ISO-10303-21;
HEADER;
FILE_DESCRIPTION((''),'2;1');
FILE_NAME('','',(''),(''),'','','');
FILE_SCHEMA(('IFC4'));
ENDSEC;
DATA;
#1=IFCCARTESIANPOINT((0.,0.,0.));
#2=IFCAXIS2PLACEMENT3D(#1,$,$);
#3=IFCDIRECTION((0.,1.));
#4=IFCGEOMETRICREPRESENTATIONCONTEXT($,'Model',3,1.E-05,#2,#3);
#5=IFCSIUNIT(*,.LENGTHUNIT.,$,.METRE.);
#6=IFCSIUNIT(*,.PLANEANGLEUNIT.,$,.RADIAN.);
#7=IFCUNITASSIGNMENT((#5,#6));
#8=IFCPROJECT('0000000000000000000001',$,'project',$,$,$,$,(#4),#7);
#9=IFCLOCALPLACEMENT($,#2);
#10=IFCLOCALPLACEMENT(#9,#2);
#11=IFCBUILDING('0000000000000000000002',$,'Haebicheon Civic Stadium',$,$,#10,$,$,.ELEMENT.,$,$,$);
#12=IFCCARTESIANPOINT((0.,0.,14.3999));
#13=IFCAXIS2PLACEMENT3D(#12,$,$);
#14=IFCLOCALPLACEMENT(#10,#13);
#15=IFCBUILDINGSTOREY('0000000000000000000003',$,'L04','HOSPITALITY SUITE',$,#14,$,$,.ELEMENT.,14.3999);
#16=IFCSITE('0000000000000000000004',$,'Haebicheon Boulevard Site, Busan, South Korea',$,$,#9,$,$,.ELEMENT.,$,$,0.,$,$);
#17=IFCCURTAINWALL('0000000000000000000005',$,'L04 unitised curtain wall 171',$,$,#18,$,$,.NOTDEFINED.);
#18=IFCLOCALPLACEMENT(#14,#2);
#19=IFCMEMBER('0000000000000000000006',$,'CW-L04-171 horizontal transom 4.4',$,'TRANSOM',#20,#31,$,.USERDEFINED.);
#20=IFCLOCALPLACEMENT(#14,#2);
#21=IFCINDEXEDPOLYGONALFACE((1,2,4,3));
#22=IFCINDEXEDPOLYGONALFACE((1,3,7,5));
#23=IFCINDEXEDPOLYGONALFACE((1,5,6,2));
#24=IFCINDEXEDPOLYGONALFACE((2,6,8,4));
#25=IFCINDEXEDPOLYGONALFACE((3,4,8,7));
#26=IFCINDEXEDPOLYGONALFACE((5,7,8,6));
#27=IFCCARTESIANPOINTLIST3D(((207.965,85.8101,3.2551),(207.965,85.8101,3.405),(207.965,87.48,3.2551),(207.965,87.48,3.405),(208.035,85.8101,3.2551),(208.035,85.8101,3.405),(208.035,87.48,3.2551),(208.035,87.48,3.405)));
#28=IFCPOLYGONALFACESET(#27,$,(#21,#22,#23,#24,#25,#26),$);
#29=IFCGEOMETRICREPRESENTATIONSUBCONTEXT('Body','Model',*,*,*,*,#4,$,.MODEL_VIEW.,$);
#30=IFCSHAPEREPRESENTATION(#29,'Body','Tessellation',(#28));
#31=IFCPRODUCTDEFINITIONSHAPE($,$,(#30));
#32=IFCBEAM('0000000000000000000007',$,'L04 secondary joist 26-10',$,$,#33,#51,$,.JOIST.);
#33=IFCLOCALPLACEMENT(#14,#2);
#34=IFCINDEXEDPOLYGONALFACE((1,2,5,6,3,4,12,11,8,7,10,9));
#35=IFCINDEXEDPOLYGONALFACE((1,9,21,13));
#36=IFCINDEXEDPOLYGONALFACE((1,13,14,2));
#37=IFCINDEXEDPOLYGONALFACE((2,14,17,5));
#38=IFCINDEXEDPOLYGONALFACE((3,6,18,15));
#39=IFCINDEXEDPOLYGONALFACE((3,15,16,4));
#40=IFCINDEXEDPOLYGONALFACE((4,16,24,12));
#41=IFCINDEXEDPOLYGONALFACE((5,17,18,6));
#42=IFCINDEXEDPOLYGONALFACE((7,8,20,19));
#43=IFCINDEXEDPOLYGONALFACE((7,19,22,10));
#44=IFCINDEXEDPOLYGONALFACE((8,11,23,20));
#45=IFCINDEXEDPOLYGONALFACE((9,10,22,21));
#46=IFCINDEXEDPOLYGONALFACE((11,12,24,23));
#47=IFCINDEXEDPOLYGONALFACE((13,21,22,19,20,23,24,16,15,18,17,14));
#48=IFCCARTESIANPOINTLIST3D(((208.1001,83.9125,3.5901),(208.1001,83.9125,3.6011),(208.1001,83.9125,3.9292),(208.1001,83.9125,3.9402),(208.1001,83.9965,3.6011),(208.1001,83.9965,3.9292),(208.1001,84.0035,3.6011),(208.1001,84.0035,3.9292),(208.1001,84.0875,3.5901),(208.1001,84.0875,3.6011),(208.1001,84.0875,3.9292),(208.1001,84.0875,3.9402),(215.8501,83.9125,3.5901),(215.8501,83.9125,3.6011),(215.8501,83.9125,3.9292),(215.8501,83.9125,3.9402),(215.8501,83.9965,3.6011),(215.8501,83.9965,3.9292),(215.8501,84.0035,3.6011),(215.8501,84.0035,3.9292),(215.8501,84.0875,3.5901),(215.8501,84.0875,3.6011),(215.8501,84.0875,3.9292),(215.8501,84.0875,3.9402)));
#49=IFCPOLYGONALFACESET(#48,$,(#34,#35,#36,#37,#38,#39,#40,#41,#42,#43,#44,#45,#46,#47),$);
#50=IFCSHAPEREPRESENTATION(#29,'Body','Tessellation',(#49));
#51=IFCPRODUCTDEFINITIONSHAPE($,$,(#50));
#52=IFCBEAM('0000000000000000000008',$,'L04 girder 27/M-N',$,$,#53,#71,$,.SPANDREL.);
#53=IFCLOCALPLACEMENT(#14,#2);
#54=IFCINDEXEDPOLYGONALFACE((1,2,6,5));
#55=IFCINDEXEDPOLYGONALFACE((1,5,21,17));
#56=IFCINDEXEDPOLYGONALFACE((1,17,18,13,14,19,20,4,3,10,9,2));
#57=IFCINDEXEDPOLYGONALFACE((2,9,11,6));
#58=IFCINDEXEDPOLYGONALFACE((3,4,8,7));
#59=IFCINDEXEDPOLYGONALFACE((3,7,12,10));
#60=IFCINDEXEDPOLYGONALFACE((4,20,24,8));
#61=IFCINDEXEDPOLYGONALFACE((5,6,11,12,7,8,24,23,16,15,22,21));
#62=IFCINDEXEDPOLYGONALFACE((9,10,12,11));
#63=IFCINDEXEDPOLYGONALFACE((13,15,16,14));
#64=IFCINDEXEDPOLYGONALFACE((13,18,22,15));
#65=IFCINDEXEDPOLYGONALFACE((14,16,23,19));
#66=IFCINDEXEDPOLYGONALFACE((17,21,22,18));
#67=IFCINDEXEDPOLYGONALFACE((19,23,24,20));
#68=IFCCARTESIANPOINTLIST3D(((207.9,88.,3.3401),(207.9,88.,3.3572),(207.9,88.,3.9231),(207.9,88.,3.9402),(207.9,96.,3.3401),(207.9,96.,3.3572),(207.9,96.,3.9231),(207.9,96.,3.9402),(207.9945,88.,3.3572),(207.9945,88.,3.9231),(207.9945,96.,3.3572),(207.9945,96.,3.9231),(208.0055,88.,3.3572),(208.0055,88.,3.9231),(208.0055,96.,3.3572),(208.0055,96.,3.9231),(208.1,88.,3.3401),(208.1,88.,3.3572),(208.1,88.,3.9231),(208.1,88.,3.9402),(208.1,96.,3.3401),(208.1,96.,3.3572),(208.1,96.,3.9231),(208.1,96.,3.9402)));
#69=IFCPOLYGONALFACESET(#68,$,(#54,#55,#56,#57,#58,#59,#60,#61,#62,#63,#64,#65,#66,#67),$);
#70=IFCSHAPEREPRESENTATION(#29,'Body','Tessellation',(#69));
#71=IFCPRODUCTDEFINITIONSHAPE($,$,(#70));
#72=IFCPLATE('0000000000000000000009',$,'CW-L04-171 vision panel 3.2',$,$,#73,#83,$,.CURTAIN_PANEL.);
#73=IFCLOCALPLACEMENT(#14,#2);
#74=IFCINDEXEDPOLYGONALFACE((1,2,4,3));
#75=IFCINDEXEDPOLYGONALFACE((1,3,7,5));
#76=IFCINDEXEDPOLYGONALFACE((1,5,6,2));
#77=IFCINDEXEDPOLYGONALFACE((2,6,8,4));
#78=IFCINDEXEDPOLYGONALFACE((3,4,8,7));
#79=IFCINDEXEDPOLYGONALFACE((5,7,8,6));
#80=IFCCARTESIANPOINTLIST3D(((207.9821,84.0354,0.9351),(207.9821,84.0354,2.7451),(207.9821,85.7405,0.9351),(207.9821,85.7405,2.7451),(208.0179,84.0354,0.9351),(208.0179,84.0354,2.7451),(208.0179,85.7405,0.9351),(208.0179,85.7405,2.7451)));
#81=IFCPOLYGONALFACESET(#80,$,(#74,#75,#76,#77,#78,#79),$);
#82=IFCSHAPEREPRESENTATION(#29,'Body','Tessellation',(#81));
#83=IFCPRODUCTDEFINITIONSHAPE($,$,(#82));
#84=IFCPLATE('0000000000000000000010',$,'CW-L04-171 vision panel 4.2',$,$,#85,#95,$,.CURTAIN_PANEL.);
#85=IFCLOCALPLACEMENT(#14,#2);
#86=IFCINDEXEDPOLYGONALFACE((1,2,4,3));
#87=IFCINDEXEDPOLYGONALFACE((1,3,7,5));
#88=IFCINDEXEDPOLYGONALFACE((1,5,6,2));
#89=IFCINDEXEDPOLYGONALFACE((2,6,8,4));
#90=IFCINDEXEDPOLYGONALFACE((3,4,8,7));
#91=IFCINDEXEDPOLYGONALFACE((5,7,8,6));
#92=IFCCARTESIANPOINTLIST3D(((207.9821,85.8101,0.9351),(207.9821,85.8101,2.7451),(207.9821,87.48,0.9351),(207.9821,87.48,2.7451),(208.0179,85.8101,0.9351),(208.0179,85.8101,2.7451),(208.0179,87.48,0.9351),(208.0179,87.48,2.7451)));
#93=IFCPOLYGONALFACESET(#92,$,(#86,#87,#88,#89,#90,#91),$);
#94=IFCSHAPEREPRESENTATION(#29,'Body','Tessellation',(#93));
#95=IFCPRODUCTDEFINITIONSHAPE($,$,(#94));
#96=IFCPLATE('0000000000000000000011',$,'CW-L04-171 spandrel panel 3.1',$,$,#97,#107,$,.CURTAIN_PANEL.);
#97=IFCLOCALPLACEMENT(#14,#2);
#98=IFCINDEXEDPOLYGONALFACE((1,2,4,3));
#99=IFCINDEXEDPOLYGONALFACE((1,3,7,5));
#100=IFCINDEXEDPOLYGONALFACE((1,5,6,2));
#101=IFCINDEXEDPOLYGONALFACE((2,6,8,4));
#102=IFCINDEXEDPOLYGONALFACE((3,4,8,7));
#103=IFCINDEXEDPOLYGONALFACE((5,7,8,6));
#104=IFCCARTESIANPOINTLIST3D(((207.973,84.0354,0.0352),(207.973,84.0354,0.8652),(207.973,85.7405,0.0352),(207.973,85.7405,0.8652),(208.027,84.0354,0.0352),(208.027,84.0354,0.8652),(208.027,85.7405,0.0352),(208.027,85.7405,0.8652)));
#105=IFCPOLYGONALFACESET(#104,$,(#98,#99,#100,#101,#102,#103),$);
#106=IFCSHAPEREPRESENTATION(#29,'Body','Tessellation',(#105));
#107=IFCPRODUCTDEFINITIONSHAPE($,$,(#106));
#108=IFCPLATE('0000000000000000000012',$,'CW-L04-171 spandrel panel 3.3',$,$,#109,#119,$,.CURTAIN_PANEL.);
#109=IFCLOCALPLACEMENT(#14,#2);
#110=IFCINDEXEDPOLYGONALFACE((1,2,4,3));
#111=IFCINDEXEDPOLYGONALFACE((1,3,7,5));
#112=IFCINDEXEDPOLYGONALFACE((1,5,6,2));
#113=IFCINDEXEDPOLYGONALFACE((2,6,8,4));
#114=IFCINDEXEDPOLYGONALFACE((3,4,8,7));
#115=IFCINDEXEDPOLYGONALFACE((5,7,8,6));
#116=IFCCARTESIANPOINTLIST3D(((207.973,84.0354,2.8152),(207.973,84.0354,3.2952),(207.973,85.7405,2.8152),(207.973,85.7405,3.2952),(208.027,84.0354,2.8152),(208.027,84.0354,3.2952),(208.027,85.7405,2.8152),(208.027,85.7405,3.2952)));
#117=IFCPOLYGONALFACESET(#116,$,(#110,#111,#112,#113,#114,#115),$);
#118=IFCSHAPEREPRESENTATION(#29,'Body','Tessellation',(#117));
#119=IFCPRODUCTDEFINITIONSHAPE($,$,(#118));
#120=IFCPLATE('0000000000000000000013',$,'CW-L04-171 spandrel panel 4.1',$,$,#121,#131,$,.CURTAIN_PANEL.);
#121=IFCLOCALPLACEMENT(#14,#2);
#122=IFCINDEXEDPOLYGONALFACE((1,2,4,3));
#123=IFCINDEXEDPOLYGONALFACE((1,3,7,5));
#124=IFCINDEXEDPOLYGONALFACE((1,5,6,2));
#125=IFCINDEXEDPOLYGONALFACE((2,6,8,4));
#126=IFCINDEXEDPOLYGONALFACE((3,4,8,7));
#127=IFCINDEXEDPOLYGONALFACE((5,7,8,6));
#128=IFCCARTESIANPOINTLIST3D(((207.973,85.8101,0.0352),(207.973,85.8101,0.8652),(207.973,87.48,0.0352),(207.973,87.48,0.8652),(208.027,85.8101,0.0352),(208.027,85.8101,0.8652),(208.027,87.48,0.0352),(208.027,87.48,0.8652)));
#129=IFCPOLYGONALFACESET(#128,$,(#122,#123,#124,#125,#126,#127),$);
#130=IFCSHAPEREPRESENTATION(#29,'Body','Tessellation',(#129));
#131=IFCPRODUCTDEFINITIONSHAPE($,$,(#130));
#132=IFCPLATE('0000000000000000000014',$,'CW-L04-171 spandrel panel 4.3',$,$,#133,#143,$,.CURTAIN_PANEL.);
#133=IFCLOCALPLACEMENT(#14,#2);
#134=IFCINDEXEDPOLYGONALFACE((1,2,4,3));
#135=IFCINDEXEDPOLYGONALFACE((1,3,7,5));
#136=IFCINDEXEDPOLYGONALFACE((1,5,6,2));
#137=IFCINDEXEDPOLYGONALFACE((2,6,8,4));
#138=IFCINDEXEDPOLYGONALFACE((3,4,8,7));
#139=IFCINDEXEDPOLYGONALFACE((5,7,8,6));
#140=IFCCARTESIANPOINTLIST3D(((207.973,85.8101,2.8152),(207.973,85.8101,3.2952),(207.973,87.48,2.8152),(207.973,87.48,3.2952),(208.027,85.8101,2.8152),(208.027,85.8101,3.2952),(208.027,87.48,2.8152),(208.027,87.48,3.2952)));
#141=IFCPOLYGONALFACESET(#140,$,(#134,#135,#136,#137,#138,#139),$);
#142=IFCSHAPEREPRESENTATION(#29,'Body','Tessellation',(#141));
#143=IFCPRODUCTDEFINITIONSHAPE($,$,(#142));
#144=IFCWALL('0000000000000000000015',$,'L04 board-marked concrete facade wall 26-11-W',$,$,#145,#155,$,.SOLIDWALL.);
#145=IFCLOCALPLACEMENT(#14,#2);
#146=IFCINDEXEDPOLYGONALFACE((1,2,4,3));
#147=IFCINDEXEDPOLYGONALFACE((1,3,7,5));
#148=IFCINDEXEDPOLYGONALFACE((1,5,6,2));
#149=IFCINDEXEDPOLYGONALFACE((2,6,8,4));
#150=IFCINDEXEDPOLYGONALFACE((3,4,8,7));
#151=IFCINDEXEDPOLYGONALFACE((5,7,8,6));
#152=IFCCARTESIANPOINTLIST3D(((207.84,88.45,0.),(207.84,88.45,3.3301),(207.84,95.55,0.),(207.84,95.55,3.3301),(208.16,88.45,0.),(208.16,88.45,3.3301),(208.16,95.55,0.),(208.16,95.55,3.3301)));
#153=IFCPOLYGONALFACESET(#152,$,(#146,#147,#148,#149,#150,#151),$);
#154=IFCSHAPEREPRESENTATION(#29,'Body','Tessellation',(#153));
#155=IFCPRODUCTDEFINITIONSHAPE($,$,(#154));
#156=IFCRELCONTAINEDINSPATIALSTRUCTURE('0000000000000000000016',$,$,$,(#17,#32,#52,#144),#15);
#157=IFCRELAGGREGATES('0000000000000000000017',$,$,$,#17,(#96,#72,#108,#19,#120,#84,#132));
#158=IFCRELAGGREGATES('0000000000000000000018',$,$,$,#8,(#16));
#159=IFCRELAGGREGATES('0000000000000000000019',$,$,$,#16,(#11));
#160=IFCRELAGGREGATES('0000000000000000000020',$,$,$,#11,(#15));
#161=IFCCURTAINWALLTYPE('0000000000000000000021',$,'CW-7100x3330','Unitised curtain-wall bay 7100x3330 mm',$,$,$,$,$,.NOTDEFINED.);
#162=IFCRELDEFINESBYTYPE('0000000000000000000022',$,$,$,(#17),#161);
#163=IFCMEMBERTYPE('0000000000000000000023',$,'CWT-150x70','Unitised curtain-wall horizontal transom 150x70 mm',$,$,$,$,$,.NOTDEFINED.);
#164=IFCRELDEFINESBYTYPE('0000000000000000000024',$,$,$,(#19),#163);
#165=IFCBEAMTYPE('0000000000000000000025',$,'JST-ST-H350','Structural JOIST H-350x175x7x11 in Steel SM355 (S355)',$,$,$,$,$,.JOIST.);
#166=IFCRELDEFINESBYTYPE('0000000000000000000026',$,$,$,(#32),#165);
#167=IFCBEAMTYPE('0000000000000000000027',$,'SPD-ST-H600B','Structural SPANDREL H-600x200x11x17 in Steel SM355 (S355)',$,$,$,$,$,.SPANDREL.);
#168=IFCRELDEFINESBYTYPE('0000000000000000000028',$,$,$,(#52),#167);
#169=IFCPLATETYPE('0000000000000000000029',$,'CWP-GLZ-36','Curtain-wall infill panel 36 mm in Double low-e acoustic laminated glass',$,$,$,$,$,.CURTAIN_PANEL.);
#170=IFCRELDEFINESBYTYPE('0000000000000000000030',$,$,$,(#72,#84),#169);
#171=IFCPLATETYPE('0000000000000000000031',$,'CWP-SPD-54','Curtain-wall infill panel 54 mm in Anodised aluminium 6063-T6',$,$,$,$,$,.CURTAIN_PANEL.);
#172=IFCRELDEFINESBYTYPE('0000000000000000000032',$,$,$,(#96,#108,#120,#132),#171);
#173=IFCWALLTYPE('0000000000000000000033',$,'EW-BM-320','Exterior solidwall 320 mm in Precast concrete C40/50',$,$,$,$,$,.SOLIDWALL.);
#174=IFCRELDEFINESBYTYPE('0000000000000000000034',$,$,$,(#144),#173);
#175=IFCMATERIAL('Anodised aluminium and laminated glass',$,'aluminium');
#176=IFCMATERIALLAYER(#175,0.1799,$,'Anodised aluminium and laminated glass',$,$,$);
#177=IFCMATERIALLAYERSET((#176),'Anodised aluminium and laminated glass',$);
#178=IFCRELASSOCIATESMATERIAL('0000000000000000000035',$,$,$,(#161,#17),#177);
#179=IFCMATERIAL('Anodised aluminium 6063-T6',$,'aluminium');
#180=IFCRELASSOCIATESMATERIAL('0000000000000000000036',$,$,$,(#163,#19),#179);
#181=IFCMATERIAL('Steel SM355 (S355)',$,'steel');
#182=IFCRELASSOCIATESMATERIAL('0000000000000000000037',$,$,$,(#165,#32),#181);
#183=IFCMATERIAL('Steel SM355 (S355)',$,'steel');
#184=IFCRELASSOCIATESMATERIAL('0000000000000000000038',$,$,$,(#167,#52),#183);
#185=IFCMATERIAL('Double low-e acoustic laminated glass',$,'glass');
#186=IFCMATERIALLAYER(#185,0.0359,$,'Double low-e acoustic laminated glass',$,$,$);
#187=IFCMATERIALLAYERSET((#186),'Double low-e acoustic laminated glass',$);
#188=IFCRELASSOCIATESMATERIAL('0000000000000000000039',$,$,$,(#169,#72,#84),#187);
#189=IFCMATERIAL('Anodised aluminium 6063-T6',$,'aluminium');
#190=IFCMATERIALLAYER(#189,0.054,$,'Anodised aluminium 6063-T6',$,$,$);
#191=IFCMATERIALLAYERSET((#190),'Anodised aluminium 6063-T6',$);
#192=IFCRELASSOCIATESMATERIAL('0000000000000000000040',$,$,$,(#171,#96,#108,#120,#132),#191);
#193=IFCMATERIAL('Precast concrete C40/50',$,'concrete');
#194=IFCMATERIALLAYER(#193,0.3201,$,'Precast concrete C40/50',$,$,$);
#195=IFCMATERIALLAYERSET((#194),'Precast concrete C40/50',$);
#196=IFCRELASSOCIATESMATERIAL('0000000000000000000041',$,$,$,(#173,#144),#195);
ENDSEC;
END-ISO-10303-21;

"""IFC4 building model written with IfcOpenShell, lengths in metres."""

from ifc_helpers import new_model, si_unit, direction, frame, frame_2d, origin, origin_2d, place, context, subcontext, project, spatial, rectangle, i_section, extrude, material, layer, layer_set, material_profile, profile_set, type_object, element, aggregate, save


model = new_model("IFC4")

# Units and contexts
model_context = context("Model", 3, precision=1e-05, world=origin(), true_north=direction((0.0, 1.0)))
body_context = subcontext(model_context, "Body", "Model", "MODEL_VIEW")
ifc_project = project(units=[si_unit("LENGTHUNIT", "METRE"), si_unit("PLANEANGLEUNIT", "RADIAN")], contexts=[model_context])

# Site, building, storey
site_placement = place(None, origin())
site = spatial("IfcSite", under=ifc_project, at=site_placement, Name="Haebicheon Boulevard Site, Busan, South Korea", CompositionType="ELEMENT", RefElevation=0.0)
building_placement = place(site_placement, origin())
building = spatial("IfcBuilding", under=site, at=building_placement, Name="Haebicheon Civic Stadium", CompositionType="ELEMENT")
storey_placement = place(building_placement, frame((0.0, 0.0, 14.3999)))
storey = spatial("IfcBuildingStorey", under=building, at=storey_placement, Name="L04", Description="HOSPITALITY SUITE", CompositionType="ELEMENT", Elevation=14.3999)

# Curtain wall, member
ifc_material_1 = material(Name="Anodised aluminium and laminated glass", Category="aluminium")
ifc_layer_1 = layer(ifc_material_1, 0.1799, Name="Anodised aluminium and laminated glass")
ifc_layer_set_1 = layer_set([ifc_layer_1], Name="Anodised aluminium and laminated glass")
curtain_wall_type = type_object("IfcCurtainWallType", Name="CW-7100x3330", Description="Unitised curtain-wall bay 7100x3330 mm", PredefinedType="NOTDEFINED", material=ifc_layer_set_1)
curtain_wall_placement = place(storey_placement, origin())
curtain_wall = element("IfcCurtainWall", 1, at=curtain_wall_placement, inside=storey, type_object=curtain_wall_type, material=ifc_layer_set_1, Name="L04 unitised curtain wall 171", PredefinedType="NOTDEFINED")
ifc_material_2 = material(Name="Anodised aluminium 6063-T6", Category="aluminium")
ifc_material_profile_1 = material_profile(ifc_material_2, rectangle(XDim=0.0701, YDim=0.1499, at=origin_2d()), Name="ALU-TRAN-70x150")
ifc_profile_set_1 = profile_set([ifc_material_profile_1], Name="Anodised aluminium 6063-T6")
member_type_1 = type_object("IfcMemberType", Name="CWT-150x70", Description="Unitised curtain-wall horizontal transom 150x70 mm", PredefinedType="NOTDEFINED", material=ifc_profile_set_1)
member_1_placement = place(storey_placement, frame((208.0, 85.8101, 3.3301), z_axis=(0.0, 1.0, 0.0), x_axis=(-1.0, 0.0, 0.0)))
member_1 = element("IfcMember", 2, at=member_1_placement, type_object=member_type_1, material=ifc_profile_set_1, Name="CW-L04-171 horizontal transom 4.4", ObjectType="TRANSOM", PredefinedType="USERDEFINED", context=body_context, shape_type="SweptSolid", body=[
    extrude(rectangle(XDim=0.0701, YDim=0.1499, at=origin_2d()), origin(), (0.0, 0.0, 1.0), 1.6699),
])

# Beams
ifc_material_3 = material(Name="Steel SM355 (S355)", Category="steel")
ifc_material_profile_2 = material_profile(ifc_material_3, i_section(OverallWidth=0.175, OverallDepth=0.3501, WebThickness=0.0071, FlangeThickness=0.011, at=origin_2d()), Name="H-350x175x7x11")
ifc_profile_set_2 = profile_set([ifc_material_profile_2], Name="Steel SM355 (S355)")
beam_type_1 = type_object("IfcBeamType", Name="JST-ST-H350", Description="Structural JOIST H-350x175x7x11 in Steel SM355 (S355)", PredefinedType="JOIST", material=ifc_profile_set_2)
beam_1_placement = place(storey_placement, frame((208.1001, 84.0, 3.7651), z_axis=(1.0, 0.0, 0.0), x_axis=(0.0, 1.0, 0.0)))
element("IfcBeam", 3, at=beam_1_placement, inside=storey, type_object=beam_type_1, material=ifc_profile_set_2, Name="L04 secondary joist 26-10", PredefinedType="JOIST", context=body_context, shape_type="SweptSolid", body=[
    extrude(i_section(OverallWidth=0.175, OverallDepth=0.3501, WebThickness=0.0071, FlangeThickness=0.011, at=origin_2d()), origin(), (0.0, 0.0, 1.0), 7.75),
])
ifc_material_4 = material(Name="Steel SM355 (S355)", Category="steel")
ifc_material_profile_3 = material_profile(ifc_material_4, i_section(OverallWidth=0.2, OverallDepth=0.6001, WebThickness=0.011, FlangeThickness=0.0171, at=origin_2d()), Name="H-600x200x11x17")
ifc_profile_set_3 = profile_set([ifc_material_profile_3], Name="Steel SM355 (S355)")
beam_type_2 = type_object("IfcBeamType", Name="SPD-ST-H600B", Description="Structural SPANDREL H-600x200x11x17 in Steel SM355 (S355)", PredefinedType="SPANDREL", material=ifc_profile_set_3)
beam_2_placement = place(storey_placement, frame((208.0, 88.0, 3.6401), z_axis=(0.0, 1.0, 0.0), x_axis=(-1.0, 0.0, 0.0)))
element("IfcBeam", 4, at=beam_2_placement, inside=storey, type_object=beam_type_2, material=ifc_profile_set_3, Name="L04 girder 27/M-N", PredefinedType="SPANDREL", context=body_context, shape_type="SweptSolid", body=[
    extrude(i_section(OverallWidth=0.2, OverallDepth=0.6001, WebThickness=0.011, FlangeThickness=0.0171, at=origin_2d()), origin(), (0.0, 0.0, 1.0), 8.0),
])

# Plates
ifc_material_5 = material(Name="Double low-e acoustic laminated glass", Category="glass")
ifc_layer_2 = layer(ifc_material_5, 0.0359, Name="Double low-e acoustic laminated glass")
ifc_layer_set_2 = layer_set([ifc_layer_2], Name="Double low-e acoustic laminated glass")
plate_type_1 = type_object("IfcPlateType", Name="CWP-GLZ-36", Description="Curtain-wall infill panel 36 mm in Double low-e acoustic laminated glass", PredefinedType="CURTAIN_PANEL", material=ifc_layer_set_2)
plate_1_placement = place(storey_placement, frame((208.0, 84.8879, 0.9351), z_axis=(0.0, 0.0, 1.0), x_axis=(0.0, 1.0, 0.0)))
plate_1 = element("IfcPlate", 5, at=plate_1_placement, type_object=plate_type_1, material=ifc_layer_set_2, Name="CW-L04-171 vision panel 3.2", PredefinedType="CURTAIN_PANEL", context=body_context, shape_type="SweptSolid", body=[
    extrude(rectangle(XDim=1.7051, YDim=0.0359, at=origin_2d()), origin(), (0.0, 0.0, 1.0), 1.8101),
])
plate_2_placement = place(storey_placement, frame((208.0, 86.645, 0.9351), z_axis=(0.0, 0.0, 1.0), x_axis=(0.0, 1.0, 0.0)))
plate_2 = element("IfcPlate", 6, at=plate_2_placement, type_object=plate_type_1, material=ifc_layer_set_2, Name="CW-L04-171 vision panel 4.2", PredefinedType="CURTAIN_PANEL", context=body_context, shape_type="SweptSolid", body=[
    extrude(rectangle(XDim=1.6699, YDim=0.0359, at=origin_2d()), origin(), (0.0, 0.0, 1.0), 1.8101),
])
ifc_material_6 = material(Name="Anodised aluminium 6063-T6", Category="aluminium")
ifc_layer_3 = layer(ifc_material_6, 0.054, Name="Anodised aluminium 6063-T6")
ifc_layer_set_3 = layer_set([ifc_layer_3], Name="Anodised aluminium 6063-T6")
plate_type_2 = type_object("IfcPlateType", Name="CWP-SPD-54", Description="Curtain-wall infill panel 54 mm in Anodised aluminium 6063-T6", PredefinedType="CURTAIN_PANEL", material=ifc_layer_set_3)
plate_3_placement = place(storey_placement, frame((208.0, 84.8879, 0.0352), z_axis=(0.0, 0.0, 1.0), x_axis=(0.0, 1.0, 0.0)))
plate_3 = element("IfcPlate", 7, at=plate_3_placement, type_object=plate_type_2, material=ifc_layer_set_3, Name="CW-L04-171 spandrel panel 3.1", PredefinedType="CURTAIN_PANEL", context=body_context, shape_type="SweptSolid", body=[
    extrude(rectangle(XDim=1.7051, YDim=0.054, at=origin_2d()), origin(), (0.0, 0.0, 1.0), 0.8301),
])
plate_4_placement = place(storey_placement, frame((208.0, 84.8879, 2.8152), z_axis=(0.0, 0.0, 1.0), x_axis=(0.0, 1.0, 0.0)))
plate_4 = element("IfcPlate", 8, at=plate_4_placement, type_object=plate_type_2, material=ifc_layer_set_3, Name="CW-L04-171 spandrel panel 3.3", PredefinedType="CURTAIN_PANEL", context=body_context, shape_type="SweptSolid", body=[
    extrude(rectangle(XDim=1.7051, YDim=0.054, at=origin_2d()), origin(), (0.0, 0.0, 1.0), 0.48),
])
plate_5_placement = place(storey_placement, frame((208.0, 86.645, 0.0352), z_axis=(0.0, 0.0, 1.0), x_axis=(0.0, 1.0, 0.0)))
plate_5 = element("IfcPlate", 9, at=plate_5_placement, type_object=plate_type_2, material=ifc_layer_set_3, Name="CW-L04-171 spandrel panel 4.1", PredefinedType="CURTAIN_PANEL", context=body_context, shape_type="SweptSolid", body=[
    extrude(rectangle(XDim=1.6699, YDim=0.054, at=origin_2d()), origin(), (0.0, 0.0, 1.0), 0.8301),
])
plate_6_placement = place(storey_placement, frame((208.0, 86.645, 2.8152), z_axis=(0.0, 0.0, 1.0), x_axis=(0.0, 1.0, 0.0)))
plate_6 = element("IfcPlate", 10, at=plate_6_placement, type_object=plate_type_2, material=ifc_layer_set_3, Name="CW-L04-171 spandrel panel 4.3", PredefinedType="CURTAIN_PANEL", context=body_context, shape_type="SweptSolid", body=[
    extrude(rectangle(XDim=1.6699, YDim=0.054, at=origin_2d()), origin(), (0.0, 0.0, 1.0), 0.48),
])
aggregate(curtain_wall, [plate_3, plate_1, plate_4, member_1, plate_5, plate_2, plate_6])

# Wall
ifc_material_7 = material(Name="Precast concrete C40/50", Category="concrete")
ifc_layer_4 = layer(ifc_material_7, 0.3201, Name="Precast concrete C40/50")
ifc_layer_set_4 = layer_set([ifc_layer_4], Name="Precast concrete C40/50")
wall_type = type_object("IfcWallType", Name="EW-BM-320", Description="Exterior solidwall 320 mm in Precast concrete C40/50", PredefinedType="SOLIDWALL", material=ifc_layer_set_4)
wall_placement = place(storey_placement, frame((208.0, 88.45, 0.0), z_axis=(0.0, 0.0, 1.0), x_axis=(0.0, 1.0, 0.0)))
element("IfcWall", 11, at=wall_placement, inside=storey, type_object=wall_type, material=ifc_layer_set_4, Name="L04 board-marked concrete facade wall 26-11-W", PredefinedType="SOLIDWALL", context=body_context, shape_type="SweptSolid", body=[
    extrude(rectangle(XDim=7.1001, YDim=0.3201, at=frame_2d((3.55, 0.0))), origin(), (0.0, 0.0, 1.0), 3.3301),
])

save(model, "model.ifc")
